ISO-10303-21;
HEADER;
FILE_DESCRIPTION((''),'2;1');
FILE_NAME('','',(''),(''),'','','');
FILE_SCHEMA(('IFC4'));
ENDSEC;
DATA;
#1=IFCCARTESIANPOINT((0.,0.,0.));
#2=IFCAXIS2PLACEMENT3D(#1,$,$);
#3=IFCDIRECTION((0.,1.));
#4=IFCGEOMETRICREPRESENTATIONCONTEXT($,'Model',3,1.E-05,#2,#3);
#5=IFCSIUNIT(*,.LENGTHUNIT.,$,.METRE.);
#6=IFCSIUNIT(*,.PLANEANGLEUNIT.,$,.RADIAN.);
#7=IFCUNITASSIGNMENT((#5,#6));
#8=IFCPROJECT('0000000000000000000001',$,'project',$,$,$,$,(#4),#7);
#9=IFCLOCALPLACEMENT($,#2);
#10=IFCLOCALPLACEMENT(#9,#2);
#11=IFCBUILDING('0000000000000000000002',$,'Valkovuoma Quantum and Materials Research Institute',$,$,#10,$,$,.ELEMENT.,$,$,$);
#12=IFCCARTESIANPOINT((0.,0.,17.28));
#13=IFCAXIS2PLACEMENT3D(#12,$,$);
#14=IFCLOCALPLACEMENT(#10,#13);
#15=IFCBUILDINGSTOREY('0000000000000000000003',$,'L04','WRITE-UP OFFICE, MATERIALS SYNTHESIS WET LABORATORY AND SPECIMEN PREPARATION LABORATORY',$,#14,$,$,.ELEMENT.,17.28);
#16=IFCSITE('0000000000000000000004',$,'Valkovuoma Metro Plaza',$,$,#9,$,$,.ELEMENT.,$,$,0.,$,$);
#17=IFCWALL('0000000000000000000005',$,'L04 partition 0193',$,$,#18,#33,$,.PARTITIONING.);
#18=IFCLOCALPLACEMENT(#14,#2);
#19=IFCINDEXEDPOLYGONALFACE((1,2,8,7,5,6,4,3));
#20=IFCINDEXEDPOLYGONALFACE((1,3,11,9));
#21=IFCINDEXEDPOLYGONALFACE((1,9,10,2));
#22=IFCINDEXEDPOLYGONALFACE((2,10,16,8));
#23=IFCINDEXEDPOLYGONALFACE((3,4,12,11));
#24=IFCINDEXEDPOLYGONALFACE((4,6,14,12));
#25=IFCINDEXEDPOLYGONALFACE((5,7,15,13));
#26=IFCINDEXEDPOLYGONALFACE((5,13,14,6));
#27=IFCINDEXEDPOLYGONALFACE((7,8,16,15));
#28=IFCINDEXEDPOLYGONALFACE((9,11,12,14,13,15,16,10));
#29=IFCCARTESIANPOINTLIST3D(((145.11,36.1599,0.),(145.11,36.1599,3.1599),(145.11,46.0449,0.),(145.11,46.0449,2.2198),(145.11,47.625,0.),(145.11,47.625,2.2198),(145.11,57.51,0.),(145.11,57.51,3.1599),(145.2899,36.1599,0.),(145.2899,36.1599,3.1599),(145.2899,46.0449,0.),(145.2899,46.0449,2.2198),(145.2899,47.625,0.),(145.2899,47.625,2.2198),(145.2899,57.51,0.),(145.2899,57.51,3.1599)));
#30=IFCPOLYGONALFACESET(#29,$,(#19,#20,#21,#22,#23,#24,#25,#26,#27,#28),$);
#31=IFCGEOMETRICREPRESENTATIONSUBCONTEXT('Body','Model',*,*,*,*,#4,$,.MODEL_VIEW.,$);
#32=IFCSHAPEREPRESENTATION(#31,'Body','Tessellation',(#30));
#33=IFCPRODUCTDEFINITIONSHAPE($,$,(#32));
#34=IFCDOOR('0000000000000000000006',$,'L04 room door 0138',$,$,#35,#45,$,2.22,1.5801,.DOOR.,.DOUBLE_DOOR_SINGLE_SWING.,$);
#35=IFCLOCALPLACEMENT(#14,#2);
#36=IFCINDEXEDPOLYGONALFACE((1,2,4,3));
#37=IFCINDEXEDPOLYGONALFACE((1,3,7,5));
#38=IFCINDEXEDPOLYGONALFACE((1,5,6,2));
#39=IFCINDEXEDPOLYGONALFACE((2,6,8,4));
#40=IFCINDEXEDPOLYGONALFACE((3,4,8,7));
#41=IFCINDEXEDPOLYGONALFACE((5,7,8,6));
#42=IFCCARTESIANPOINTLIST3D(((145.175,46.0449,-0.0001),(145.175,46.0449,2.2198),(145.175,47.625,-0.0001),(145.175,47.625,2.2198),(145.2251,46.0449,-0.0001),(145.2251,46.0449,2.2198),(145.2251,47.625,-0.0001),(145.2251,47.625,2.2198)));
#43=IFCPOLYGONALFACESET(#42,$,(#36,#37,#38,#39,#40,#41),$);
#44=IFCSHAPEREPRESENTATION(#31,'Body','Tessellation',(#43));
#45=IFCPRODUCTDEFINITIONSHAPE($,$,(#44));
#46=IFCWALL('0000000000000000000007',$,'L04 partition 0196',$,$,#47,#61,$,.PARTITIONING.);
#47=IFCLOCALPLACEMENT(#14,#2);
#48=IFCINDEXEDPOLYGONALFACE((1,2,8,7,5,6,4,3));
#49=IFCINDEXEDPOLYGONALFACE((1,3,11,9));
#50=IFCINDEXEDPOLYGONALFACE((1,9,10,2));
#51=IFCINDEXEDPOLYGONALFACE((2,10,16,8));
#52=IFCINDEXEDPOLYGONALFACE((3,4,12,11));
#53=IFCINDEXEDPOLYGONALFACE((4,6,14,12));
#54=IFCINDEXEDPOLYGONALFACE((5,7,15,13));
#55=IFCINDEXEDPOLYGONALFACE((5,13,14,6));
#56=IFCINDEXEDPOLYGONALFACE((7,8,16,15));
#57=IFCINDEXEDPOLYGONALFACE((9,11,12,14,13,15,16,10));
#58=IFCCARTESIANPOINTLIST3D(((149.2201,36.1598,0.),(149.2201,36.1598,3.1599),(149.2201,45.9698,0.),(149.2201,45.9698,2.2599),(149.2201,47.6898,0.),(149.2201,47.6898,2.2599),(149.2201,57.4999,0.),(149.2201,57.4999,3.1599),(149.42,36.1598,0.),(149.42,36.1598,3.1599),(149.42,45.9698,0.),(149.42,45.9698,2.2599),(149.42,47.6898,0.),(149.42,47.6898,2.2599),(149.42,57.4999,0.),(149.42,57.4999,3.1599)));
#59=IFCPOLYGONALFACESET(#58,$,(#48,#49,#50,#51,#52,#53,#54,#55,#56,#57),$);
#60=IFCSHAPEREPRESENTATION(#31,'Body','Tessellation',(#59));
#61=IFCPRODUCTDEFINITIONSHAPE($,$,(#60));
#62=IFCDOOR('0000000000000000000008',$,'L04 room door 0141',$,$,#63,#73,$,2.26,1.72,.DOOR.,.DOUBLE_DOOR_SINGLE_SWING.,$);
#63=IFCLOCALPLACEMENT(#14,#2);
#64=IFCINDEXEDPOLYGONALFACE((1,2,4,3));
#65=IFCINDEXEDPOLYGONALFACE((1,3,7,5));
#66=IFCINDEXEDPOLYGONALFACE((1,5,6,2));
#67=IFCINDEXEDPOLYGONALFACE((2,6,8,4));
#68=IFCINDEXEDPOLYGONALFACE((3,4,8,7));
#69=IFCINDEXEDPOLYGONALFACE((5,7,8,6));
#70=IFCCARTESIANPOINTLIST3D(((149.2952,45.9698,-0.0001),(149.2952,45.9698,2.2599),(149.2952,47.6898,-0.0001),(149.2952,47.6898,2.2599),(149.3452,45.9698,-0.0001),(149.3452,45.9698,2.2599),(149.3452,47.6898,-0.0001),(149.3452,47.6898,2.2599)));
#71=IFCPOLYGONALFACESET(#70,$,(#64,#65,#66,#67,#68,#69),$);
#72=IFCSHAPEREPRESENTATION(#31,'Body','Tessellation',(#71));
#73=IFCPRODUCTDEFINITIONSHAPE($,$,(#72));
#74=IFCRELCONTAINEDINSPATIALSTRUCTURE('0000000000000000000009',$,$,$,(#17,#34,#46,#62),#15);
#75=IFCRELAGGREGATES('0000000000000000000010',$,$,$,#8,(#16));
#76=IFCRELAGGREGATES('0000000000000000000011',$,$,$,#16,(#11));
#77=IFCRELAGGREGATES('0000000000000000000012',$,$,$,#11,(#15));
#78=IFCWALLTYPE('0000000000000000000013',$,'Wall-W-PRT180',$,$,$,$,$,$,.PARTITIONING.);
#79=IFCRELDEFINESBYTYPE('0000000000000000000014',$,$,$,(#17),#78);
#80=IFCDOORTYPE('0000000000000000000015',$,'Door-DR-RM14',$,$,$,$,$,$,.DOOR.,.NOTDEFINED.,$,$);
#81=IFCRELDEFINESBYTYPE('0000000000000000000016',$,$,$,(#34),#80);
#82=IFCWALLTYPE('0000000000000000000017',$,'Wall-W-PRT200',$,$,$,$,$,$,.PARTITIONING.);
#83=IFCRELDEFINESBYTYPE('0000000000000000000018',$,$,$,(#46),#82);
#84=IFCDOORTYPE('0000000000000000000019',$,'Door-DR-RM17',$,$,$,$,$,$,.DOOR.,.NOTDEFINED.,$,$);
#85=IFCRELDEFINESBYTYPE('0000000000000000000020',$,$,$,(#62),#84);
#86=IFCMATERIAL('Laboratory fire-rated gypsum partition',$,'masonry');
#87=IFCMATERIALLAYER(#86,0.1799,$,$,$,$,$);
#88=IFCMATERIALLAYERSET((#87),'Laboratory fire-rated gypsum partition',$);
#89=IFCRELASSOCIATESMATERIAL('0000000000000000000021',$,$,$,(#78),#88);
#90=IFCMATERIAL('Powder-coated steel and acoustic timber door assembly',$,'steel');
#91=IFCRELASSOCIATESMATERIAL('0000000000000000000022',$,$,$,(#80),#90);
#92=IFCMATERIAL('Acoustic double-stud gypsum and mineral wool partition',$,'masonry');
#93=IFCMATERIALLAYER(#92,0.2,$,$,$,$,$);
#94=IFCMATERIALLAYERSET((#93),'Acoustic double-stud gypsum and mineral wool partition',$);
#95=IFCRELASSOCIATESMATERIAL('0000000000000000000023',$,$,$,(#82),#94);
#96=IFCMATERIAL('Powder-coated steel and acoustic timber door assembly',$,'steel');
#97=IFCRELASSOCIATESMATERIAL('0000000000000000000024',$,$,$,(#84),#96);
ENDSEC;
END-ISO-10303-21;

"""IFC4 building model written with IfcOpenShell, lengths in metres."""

from ifc_helpers import new_model, si_unit, direction, frame, frame_2d, origin, place, context, subcontext, project, spatial, rectangle, extrude, material, layer, layer_set, type_object, element, fill, save


model = new_model("IFC4")

# Units and contexts
model_context = context("Model", 3, precision=1e-05, world=origin(), true_north=direction((0.0, 1.0)))
body_context = subcontext(model_context, "Body", "Model", "MODEL_VIEW")
ifc_project = project(units=[si_unit("LENGTHUNIT", "METRE"), si_unit("PLANEANGLEUNIT", "RADIAN")], contexts=[model_context])

# Site, building, storey
site_placement = place(None, origin())
site = spatial("IfcSite", under=ifc_project, at=site_placement, Name="Valkovuoma Metro Plaza", CompositionType="ELEMENT", RefElevation=0.0)
building_placement = place(site_placement, origin())
building = spatial("IfcBuilding", under=site, at=building_placement, Name="Valkovuoma Quantum and Materials Research Institute", CompositionType="ELEMENT")
storey_placement = place(building_placement, frame((0.0, 0.0, 17.28)))
storey = spatial("IfcBuildingStorey", under=building, at=storey_placement, Name="L04", Description="WRITE-UP OFFICE, MATERIALS SYNTHESIS WET LABORATORY AND SPECIMEN PREPARATION LABORATORY", CompositionType="ELEMENT", Elevation=17.28)

# Walls, openings, doors
ifc_material_1 = material(Name="Laboratory fire-rated gypsum partition", Category="masonry")
ifc_layer_1 = layer(ifc_material_1, 0.1799)
ifc_layer_set_1 = layer_set([ifc_layer_1], Name="Laboratory fire-rated gypsum partition")
wall_type_1 = type_object("IfcWallType", Name="Wall-W-PRT180", PredefinedType="PARTITIONING", material=ifc_layer_set_1)
wall_1_placement = place(storey_placement, frame((145.2, 36.1599, 0.0), z_axis=(0.0, 0.0, 1.0), x_axis=(0.0, 1.0, 0.0)))
wall_1 = element("IfcWall", 1, at=wall_1_placement, inside=storey, type_object=wall_type_1, Name="L04 partition 0193", PredefinedType="PARTITIONING", context=body_context, shape_type="SweptSolid", body=[
    extrude(rectangle(XDim=21.3501, YDim=0.1799, at=frame_2d((10.675, 0.0))), origin(), (0.0, 0.0, 1.0), 3.1599),
])
opening_1_placement = place(wall_1_placement, frame((9.885, 0.0, 0.0)))
opening_1 = element("IfcOpeningElement", 2, at=opening_1_placement, cuts=wall_1, PredefinedType="OPENING", context=body_context, shape_type="SweptSolid", body=[
    extrude(rectangle(XDim=1.5801, YDim=2.22, at=frame_2d((0.79, 1.1099))), frame((0.0, 0.1001, 0.0), z_axis=(0.0, -1.0, 0.0), x_axis=(1.0, 0.0, 0.0)), (0.0, 0.0, 1.0), 0.2),
])
ifc_material_2 = material(Name="Powder-coated steel and acoustic timber door assembly", Category="steel")
door_type_1 = type_object("IfcDoorType", Name="Door-DR-RM14", OperationType="NOTDEFINED", PredefinedType="DOOR", material=ifc_material_2)
door_1_placement = place(opening_1_placement, origin())
door_1 = element("IfcDoor", 3, at=door_1_placement, inside=storey, type_object=door_type_1, Name="L04 room door 0138", OperationType="DOUBLE_DOOR_SINGLE_SWING", OverallHeight=2.22, OverallWidth=1.5801, PredefinedType="DOOR", context=body_context, shape_type="SweptSolid", body=[
    extrude(rectangle(XDim=1.5801, YDim=2.22, at=frame_2d((0.79, 1.1099))), frame((0.0, 0.0249, 0.0), z_axis=(0.0, -1.0, 0.0), x_axis=(1.0, 0.0, 0.0)), (0.0, 0.0, 1.0), 0.05),
])
fill(opening_1, door_1)
ifc_material_3 = material(Name="Acoustic double-stud gypsum and mineral wool partition", Category="masonry")
ifc_layer_2 = layer(ifc_material_3, 0.2)
ifc_layer_set_2 = layer_set([ifc_layer_2], Name="Acoustic double-stud gypsum and mineral wool partition")
wall_type_2 = type_object("IfcWallType", Name="Wall-W-PRT200", PredefinedType="PARTITIONING", material=ifc_layer_set_2)
wall_2_placement = place(storey_placement, frame((149.3201, 36.1599, 0.0), z_axis=(0.0, 0.0, 1.0), x_axis=(0.0, 1.0, 0.0)))
wall_2 = element("IfcWall", 4, at=wall_2_placement, inside=storey, type_object=wall_type_2, Name="L04 partition 0196", PredefinedType="PARTITIONING", context=body_context, shape_type="SweptSolid", body=[
    extrude(rectangle(XDim=21.3401, YDim=0.2, at=frame_2d((10.6699, 0.0))), origin(), (0.0, 0.0, 1.0), 3.1599),
])
opening_2_placement = place(wall_2_placement, frame((9.8101, 0.0, 0.0)))
opening_2 = element("IfcOpeningElement", 5, at=opening_2_placement, cuts=wall_2, PredefinedType="OPENING", context=body_context, shape_type="SweptSolid", body=[
    extrude(rectangle(XDim=1.72, YDim=2.26, at=frame_2d((0.8599, 1.1299))), frame((0.0, 0.1099, 0.0), z_axis=(0.0, -1.0, 0.0), x_axis=(1.0, 0.0, 0.0)), (0.0, 0.0, 1.0), 0.22),
])
ifc_material_4 = material(Name="Powder-coated steel and acoustic timber door assembly", Category="steel")
door_type_2 = type_object("IfcDoorType", Name="Door-DR-RM17", OperationType="NOTDEFINED", PredefinedType="DOOR", material=ifc_material_4)
door_2_placement = place(opening_2_placement, origin())
door_2 = element("IfcDoor", 6, at=door_2_placement, inside=storey, type_object=door_type_2, Name="L04 room door 0141", OperationType="DOUBLE_DOOR_SINGLE_SWING", OverallHeight=2.26, OverallWidth=1.72, PredefinedType="DOOR", context=body_context, shape_type="SweptSolid", body=[
    extrude(rectangle(XDim=1.72, YDim=2.26, at=frame_2d((0.8599, 1.1299))), frame((0.0, 0.0249, 0.0), z_axis=(0.0, -1.0, 0.0), x_axis=(1.0, 0.0, 0.0)), (0.0, 0.0, 1.0), 0.05),
])
fill(opening_2, door_2)

save(model, "model.ifc")
